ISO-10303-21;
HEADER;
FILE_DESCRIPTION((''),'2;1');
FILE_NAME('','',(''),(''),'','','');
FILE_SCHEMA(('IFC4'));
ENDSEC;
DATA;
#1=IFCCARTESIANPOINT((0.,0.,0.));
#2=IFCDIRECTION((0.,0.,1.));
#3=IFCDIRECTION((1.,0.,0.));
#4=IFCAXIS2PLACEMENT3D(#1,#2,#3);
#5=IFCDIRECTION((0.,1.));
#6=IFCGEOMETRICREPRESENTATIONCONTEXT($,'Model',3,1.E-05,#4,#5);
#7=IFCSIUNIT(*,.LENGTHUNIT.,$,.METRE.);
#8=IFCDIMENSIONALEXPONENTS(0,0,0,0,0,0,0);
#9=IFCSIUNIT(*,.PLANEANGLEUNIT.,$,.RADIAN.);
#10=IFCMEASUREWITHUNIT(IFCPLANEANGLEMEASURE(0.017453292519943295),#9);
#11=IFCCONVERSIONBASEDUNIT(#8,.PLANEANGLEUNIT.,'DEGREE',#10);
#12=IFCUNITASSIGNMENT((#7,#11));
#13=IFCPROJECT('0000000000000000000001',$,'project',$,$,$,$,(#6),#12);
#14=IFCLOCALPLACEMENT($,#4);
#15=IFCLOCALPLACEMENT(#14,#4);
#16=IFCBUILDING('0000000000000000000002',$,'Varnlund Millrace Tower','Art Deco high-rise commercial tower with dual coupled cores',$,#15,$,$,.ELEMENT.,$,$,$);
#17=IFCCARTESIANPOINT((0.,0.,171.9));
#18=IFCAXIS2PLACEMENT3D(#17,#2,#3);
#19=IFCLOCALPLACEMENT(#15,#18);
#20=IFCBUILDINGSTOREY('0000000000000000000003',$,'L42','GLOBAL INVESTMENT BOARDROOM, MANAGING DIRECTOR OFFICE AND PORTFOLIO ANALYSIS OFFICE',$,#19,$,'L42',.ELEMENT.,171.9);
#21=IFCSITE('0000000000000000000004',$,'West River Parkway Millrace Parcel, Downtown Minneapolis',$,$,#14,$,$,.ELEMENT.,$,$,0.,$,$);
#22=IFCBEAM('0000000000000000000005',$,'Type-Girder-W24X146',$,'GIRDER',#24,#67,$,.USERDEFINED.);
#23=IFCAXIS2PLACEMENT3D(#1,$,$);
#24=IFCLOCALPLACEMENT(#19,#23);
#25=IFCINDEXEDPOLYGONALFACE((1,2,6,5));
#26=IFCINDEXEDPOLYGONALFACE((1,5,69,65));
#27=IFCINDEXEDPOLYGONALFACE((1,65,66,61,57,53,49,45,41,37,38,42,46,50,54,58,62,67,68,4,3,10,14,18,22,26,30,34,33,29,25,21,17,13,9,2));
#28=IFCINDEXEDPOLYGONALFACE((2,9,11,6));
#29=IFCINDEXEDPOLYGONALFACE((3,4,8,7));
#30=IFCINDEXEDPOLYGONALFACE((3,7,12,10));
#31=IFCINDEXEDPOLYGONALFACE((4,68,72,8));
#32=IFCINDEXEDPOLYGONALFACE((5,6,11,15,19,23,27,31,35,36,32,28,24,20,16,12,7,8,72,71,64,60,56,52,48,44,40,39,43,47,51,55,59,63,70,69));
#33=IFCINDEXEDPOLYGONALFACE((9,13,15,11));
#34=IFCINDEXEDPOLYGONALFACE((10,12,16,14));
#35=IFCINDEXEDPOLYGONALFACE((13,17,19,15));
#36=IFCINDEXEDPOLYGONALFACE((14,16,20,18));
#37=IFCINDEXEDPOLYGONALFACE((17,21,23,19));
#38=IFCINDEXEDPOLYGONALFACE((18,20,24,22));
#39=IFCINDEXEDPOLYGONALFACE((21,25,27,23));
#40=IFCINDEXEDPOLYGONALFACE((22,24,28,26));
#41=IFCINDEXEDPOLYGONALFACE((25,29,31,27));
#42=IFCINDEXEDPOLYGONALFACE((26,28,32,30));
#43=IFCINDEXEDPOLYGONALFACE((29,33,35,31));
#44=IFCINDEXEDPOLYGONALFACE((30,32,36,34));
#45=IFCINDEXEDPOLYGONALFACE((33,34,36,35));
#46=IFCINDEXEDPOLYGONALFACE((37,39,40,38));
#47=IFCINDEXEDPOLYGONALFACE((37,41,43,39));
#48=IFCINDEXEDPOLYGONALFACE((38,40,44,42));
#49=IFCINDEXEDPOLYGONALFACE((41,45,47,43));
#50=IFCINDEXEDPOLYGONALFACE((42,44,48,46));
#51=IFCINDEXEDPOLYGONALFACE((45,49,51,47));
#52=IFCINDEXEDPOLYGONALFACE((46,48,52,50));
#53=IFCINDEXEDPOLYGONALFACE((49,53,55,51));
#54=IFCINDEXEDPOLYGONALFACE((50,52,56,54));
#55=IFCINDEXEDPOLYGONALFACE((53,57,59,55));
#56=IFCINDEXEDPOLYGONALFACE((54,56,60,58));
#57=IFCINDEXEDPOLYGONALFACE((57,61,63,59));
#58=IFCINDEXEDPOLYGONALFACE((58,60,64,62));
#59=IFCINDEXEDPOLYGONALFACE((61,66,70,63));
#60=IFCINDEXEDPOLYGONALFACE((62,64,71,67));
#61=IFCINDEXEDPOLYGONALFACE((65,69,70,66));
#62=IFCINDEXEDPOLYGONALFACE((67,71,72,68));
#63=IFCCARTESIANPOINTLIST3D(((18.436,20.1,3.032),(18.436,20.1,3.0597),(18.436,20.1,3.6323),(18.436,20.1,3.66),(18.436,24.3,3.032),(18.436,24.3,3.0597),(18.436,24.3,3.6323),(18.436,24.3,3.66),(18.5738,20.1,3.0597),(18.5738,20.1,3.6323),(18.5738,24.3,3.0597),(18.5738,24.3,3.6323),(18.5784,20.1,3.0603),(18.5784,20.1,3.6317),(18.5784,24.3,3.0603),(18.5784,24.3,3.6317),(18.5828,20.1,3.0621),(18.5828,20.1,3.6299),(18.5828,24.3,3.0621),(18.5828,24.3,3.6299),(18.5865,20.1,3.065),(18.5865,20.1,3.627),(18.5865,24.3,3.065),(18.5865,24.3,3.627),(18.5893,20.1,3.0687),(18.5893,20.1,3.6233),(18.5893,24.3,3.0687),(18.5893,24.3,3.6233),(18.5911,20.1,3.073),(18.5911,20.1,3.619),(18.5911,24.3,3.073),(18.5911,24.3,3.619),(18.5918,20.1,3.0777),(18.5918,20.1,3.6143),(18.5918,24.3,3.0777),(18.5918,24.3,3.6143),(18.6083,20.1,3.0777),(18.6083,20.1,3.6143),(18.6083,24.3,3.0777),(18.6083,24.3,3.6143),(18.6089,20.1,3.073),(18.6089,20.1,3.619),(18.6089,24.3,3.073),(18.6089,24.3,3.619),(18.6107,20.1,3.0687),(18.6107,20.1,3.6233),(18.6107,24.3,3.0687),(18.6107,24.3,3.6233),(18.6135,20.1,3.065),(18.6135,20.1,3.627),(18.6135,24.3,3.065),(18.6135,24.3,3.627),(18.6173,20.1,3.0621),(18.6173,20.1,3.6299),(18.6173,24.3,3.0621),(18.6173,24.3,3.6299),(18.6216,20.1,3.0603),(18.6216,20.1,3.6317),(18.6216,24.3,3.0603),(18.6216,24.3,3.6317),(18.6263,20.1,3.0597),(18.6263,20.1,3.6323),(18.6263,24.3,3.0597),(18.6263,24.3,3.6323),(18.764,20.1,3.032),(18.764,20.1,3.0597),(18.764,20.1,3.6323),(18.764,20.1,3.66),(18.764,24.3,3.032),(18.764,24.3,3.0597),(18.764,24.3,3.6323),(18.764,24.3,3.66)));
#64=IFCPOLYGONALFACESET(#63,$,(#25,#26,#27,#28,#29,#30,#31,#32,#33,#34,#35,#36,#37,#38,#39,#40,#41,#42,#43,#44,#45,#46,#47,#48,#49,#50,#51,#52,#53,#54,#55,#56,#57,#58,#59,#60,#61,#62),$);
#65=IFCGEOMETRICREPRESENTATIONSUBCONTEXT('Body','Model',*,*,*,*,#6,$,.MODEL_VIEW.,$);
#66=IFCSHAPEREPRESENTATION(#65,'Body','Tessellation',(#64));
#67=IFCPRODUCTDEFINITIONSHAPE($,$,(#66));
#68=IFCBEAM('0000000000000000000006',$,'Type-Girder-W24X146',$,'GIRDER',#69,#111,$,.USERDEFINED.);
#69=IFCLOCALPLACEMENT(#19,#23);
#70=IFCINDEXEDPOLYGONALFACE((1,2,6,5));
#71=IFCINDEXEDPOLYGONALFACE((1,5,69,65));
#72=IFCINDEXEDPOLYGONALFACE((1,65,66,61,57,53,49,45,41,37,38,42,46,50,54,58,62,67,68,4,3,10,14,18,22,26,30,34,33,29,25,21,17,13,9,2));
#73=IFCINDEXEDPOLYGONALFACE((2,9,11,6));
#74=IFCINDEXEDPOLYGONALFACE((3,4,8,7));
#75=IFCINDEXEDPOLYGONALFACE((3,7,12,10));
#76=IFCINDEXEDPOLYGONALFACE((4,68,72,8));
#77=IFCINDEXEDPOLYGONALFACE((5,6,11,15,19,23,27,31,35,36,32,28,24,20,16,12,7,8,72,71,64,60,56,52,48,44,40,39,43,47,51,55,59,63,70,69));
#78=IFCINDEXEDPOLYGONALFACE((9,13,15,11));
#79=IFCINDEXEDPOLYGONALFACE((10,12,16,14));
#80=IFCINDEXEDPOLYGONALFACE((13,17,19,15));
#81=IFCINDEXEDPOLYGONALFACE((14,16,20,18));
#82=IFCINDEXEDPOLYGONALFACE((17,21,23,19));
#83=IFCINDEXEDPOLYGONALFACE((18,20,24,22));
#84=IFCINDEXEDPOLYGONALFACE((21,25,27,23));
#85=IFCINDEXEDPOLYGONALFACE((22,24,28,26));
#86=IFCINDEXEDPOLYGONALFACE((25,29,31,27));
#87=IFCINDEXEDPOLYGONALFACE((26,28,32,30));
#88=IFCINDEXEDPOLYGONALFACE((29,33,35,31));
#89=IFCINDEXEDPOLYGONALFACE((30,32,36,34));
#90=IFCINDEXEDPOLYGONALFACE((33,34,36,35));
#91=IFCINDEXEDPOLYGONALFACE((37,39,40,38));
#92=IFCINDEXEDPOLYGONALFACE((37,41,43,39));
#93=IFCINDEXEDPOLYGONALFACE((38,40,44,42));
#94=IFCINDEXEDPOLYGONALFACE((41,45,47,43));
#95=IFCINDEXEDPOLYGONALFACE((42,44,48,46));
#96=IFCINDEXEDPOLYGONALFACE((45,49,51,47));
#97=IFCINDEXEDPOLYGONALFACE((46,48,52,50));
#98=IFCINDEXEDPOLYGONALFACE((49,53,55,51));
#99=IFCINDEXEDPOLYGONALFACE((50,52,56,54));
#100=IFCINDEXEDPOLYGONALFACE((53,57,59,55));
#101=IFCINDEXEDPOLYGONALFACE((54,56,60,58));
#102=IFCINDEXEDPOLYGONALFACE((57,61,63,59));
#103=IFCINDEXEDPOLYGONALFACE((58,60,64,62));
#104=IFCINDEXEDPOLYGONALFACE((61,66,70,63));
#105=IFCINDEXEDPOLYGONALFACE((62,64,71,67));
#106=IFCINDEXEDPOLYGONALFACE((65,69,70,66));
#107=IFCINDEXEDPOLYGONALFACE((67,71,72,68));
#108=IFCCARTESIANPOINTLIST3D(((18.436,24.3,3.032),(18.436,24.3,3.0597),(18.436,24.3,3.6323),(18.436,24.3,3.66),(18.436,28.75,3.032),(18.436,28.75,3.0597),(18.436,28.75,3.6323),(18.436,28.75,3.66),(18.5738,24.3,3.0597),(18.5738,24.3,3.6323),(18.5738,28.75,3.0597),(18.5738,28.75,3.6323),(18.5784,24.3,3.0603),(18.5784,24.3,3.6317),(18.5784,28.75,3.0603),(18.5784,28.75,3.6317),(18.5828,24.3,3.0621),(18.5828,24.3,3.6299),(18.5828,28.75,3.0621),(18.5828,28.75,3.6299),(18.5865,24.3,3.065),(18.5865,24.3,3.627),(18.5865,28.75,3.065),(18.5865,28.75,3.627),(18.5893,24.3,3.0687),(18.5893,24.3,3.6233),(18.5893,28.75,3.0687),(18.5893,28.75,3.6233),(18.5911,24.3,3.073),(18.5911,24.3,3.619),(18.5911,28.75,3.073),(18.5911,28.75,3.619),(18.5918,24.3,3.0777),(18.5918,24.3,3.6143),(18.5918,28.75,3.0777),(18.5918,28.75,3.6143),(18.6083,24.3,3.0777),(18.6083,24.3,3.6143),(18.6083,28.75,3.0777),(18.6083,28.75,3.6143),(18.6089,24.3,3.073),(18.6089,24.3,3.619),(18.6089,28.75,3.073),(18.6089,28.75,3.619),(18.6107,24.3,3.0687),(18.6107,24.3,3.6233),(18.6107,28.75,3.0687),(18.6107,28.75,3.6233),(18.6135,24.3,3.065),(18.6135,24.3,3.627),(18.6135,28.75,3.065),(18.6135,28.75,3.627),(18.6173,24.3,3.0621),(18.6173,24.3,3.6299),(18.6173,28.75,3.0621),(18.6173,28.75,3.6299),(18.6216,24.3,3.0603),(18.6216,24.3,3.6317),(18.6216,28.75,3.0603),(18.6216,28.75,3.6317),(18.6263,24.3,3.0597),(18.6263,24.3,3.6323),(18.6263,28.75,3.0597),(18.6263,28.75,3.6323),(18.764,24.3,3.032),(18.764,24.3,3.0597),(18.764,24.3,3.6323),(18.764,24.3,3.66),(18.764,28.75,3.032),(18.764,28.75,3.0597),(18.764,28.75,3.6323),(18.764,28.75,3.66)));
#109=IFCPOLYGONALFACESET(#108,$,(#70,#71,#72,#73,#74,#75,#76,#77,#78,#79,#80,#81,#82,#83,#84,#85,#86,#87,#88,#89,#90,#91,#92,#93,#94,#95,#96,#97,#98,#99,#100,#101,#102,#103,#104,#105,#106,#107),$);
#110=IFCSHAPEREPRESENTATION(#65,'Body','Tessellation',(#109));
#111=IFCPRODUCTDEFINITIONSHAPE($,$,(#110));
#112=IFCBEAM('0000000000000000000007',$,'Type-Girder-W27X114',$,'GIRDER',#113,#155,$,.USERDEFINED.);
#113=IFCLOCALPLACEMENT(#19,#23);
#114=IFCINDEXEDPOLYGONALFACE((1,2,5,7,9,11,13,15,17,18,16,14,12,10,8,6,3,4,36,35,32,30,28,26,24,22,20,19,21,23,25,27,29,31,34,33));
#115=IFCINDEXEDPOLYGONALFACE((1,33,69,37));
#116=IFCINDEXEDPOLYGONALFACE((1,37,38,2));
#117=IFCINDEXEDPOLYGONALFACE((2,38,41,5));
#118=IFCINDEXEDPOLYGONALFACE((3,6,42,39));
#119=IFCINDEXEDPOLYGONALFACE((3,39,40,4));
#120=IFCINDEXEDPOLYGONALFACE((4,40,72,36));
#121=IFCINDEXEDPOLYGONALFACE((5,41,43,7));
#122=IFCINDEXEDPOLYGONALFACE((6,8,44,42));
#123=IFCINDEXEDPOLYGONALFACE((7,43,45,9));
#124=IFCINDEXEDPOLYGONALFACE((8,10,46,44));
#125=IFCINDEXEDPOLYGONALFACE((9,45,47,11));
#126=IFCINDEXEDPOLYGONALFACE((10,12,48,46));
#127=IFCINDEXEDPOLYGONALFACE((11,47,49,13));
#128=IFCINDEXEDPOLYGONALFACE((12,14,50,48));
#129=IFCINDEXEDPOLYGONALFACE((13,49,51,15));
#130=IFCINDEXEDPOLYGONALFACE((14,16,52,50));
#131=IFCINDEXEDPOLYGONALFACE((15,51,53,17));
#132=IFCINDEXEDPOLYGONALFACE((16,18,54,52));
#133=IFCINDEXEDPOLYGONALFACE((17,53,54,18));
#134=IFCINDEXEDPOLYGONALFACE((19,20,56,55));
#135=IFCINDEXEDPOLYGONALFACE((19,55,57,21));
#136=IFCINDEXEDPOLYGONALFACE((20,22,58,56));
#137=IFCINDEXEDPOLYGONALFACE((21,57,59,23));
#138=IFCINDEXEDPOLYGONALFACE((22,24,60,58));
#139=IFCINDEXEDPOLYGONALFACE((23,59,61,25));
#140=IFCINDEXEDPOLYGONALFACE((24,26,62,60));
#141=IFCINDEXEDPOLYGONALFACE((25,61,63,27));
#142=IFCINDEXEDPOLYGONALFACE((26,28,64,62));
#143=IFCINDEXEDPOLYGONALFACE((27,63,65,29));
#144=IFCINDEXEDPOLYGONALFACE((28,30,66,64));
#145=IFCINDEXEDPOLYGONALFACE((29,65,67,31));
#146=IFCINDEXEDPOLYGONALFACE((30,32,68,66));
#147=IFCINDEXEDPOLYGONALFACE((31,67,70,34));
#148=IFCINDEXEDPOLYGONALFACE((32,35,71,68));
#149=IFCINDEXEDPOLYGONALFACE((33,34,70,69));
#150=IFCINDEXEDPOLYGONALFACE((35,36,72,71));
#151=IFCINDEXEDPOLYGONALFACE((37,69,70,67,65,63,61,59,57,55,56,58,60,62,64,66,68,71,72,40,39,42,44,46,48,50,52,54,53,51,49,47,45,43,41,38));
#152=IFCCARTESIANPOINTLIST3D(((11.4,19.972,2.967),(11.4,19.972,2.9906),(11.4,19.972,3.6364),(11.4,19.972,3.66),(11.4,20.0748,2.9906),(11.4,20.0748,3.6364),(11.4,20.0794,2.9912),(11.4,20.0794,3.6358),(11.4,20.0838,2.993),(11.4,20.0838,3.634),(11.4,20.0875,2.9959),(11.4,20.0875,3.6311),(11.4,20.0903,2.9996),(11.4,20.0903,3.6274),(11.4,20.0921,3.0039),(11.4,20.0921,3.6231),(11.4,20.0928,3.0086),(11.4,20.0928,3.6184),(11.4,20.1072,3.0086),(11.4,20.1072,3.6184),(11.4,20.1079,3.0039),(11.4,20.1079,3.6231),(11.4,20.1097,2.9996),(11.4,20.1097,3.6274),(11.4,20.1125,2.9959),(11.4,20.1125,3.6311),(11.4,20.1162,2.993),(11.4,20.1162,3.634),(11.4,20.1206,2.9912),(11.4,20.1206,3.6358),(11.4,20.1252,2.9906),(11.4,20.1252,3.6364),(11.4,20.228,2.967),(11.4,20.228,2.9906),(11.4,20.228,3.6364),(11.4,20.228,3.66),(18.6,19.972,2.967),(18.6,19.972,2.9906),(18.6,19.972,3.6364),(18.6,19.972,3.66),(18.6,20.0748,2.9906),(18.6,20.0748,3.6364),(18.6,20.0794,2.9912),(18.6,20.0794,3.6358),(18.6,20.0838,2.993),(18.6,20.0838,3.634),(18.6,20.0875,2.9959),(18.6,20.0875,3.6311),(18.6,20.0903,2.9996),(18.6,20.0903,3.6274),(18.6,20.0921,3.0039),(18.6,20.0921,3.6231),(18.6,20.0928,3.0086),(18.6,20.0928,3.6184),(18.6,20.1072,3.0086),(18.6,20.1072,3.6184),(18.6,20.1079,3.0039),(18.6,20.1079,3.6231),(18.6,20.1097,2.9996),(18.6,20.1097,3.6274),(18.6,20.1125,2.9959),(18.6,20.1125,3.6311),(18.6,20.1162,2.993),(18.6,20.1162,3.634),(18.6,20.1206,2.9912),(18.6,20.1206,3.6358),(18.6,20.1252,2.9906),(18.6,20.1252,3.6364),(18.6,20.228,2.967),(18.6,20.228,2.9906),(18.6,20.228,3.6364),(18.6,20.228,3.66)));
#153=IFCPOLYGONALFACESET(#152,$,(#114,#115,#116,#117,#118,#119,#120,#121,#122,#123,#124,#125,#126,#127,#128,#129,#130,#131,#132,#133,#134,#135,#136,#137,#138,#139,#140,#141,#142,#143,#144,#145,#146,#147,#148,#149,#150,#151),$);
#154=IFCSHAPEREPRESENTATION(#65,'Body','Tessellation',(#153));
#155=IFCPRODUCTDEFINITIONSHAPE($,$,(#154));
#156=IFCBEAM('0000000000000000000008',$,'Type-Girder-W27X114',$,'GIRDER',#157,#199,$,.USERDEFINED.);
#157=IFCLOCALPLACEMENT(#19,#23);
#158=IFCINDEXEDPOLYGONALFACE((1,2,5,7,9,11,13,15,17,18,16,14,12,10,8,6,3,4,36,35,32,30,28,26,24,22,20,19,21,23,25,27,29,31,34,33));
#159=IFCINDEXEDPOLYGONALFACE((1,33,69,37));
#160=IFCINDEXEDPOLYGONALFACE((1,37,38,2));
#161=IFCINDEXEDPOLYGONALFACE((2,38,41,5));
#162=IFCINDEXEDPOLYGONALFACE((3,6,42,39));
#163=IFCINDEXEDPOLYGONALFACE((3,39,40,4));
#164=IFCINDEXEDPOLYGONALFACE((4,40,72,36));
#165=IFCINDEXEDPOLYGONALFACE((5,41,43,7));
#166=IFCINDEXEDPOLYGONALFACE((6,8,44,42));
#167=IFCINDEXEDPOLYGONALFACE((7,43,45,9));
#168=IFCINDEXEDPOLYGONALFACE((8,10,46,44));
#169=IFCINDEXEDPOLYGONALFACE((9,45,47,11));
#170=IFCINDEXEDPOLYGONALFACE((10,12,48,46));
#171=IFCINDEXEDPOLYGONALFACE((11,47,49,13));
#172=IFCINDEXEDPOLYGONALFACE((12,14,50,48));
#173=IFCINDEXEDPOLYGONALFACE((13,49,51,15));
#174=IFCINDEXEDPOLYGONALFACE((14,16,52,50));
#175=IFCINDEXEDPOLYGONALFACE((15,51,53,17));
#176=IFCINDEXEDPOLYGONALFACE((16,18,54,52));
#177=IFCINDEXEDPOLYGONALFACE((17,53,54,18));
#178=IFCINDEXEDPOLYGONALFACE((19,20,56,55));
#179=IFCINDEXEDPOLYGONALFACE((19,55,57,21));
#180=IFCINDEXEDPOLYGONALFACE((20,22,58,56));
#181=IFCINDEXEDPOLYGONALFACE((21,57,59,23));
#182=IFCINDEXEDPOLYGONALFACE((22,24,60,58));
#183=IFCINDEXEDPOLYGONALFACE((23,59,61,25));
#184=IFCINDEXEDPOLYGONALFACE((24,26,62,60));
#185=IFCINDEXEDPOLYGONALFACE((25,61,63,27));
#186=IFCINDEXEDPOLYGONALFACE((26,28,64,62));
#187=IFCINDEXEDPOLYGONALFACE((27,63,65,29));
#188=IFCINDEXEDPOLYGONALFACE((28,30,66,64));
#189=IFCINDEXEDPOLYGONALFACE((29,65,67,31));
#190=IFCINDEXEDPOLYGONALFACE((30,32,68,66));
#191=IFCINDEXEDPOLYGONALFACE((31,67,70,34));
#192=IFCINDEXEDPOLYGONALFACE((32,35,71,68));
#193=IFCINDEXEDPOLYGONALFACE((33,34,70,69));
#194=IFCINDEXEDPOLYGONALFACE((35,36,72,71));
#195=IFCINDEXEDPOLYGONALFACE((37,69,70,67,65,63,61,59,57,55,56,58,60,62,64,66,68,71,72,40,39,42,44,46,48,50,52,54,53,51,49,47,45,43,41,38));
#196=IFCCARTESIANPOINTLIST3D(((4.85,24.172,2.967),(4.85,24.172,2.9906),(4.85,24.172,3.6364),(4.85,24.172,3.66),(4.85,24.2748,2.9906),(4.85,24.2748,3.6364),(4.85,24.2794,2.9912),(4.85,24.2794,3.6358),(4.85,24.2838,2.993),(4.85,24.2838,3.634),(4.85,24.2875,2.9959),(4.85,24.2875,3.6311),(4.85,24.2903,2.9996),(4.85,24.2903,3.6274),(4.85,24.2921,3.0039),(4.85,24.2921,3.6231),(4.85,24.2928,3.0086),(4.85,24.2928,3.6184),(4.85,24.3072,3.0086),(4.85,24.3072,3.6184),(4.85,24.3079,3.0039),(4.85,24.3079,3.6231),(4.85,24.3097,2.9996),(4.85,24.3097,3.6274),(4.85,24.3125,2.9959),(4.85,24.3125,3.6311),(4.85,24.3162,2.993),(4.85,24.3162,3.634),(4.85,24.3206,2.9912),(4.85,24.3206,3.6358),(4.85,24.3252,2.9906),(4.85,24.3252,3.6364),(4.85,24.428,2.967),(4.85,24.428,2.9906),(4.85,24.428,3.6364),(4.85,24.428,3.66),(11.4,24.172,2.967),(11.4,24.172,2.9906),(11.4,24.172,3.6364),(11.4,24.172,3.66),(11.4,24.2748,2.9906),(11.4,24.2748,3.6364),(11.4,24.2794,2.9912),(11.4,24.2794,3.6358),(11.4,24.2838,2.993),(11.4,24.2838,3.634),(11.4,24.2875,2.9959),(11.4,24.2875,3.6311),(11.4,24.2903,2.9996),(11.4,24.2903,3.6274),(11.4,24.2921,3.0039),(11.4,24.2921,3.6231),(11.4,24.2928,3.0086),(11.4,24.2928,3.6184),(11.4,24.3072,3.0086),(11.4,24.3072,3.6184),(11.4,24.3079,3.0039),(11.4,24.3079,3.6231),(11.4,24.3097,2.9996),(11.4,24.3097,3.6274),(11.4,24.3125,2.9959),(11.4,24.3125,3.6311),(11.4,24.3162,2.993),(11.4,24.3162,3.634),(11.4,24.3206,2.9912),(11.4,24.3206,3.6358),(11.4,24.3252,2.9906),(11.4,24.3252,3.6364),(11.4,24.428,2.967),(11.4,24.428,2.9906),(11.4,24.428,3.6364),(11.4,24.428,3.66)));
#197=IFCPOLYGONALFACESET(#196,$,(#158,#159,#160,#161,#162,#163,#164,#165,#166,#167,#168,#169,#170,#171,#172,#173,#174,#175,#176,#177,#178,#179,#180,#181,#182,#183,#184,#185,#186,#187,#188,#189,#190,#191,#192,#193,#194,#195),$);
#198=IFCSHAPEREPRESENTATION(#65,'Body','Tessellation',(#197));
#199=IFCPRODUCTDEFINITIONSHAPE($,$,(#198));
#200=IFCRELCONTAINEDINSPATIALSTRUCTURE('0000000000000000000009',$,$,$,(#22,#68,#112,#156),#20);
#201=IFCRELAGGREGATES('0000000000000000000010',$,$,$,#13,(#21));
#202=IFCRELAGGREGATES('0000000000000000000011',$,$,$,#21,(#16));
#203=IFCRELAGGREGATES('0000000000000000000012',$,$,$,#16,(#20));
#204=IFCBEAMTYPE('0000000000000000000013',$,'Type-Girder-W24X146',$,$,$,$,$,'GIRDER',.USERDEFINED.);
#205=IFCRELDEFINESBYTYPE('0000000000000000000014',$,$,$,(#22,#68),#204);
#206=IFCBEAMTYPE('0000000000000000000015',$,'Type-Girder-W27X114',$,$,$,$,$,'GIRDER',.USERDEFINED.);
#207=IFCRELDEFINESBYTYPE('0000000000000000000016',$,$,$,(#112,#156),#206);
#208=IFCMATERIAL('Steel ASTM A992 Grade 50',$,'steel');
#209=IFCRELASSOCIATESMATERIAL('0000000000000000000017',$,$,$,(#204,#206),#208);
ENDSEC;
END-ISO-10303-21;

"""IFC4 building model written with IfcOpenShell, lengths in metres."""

from ifc_helpers import new_model, entity, si_unit, converted_unit, direction, frame, origin_with_axes, origin_2d_with_axis, place, context, subcontext, project, spatial, i_section, extrude, material, material_profile, profile_set, type_object, element, save


model = new_model("IFC4")

# Units and contexts
model_context = context("Model", 3, precision=1e-05, world=origin_with_axes(), true_north=direction((0.0, 1.0)))
body_context = subcontext(model_context, "Body", "Model", "MODEL_VIEW")
ifc_project = project(units=[si_unit("LENGTHUNIT", "METRE"), converted_unit("PLANEANGLEUNIT", "DEGREE", entity("IfcPlaneAngleMeasure", 0.017453292519943295), si_unit("PLANEANGLEUNIT", "RADIAN"), dimensions=[0, 0, 0, 0, 0, 0, 0])], contexts=[model_context])

# Site, building, storey
site_placement = place(None, origin_with_axes())
site = spatial("IfcSite", under=ifc_project, at=site_placement, Name="West River Parkway Millrace Parcel, Downtown Minneapolis", CompositionType="ELEMENT", RefElevation=0.0)
building_placement = place(site_placement, origin_with_axes())
building = spatial("IfcBuilding", under=site, at=building_placement, Name="Varnlund Millrace Tower", Description="Art Deco high-rise commercial tower with dual coupled cores", CompositionType="ELEMENT")
storey_placement = place(building_placement, frame((0.0, 0.0, 171.9), z_axis=(0.0, 0.0, 1.0), x_axis=(1.0, 0.0, 0.0)))
storey = spatial("IfcBuildingStorey", under=building, at=storey_placement, Name="L42", Description="GLOBAL INVESTMENT BOARDROOM, MANAGING DIRECTOR OFFICE AND PORTFOLIO ANALYSIS OFFICE", LongName="L42", CompositionType="ELEMENT", Elevation=171.9)

# Beams
ifc_material_1 = material(Name="Steel ASTM A992 Grade 50", Category="steel")
ifc_material_profile_1 = material_profile(ifc_material_1, i_section(OverallWidth=0.328, OverallDepth=0.628, WebThickness=0.0165, FlangeThickness=0.0277, FilletRadius=0.018, at=origin_2d_with_axis()), Name="Steel ASTM A992 Grade 50")
ifc_profile_set_1 = profile_set([ifc_material_profile_1], Name="Steel ASTM A992 Grade 50")
beam_type_1 = type_object("IfcBeamType", Name="Type-Girder-W24X146", ElementType="GIRDER", PredefinedType="USERDEFINED", material=ifc_profile_set_1)
beam_1_placement = place(storey_placement, frame((18.6, 20.1, 3.346), z_axis=(0.0, 1.0, 0.0), x_axis=(-1.0, 0.0, 0.0)))
element("IfcBeam", 1, at=beam_1_placement, inside=storey, type_object=beam_type_1, Name="Type-Girder-W24X146", ObjectType="GIRDER", PredefinedType="USERDEFINED", context=body_context, shape_type="SweptSolid", body=[
    extrude(i_section(OverallWidth=0.328, OverallDepth=0.628, WebThickness=0.0165, FlangeThickness=0.0277, FilletRadius=0.018, at=origin_2d_with_axis()), origin_with_axes(), (0.0, 0.0, 1.0), 4.2),
])
beam_2_placement = place(storey_placement, frame((18.6, 24.3, 3.346), z_axis=(0.0, 1.0, 0.0), x_axis=(-1.0, 0.0, 0.0)))
element("IfcBeam", 2, at=beam_2_placement, inside=storey, type_object=beam_type_1, Name="Type-Girder-W24X146", ObjectType="GIRDER", PredefinedType="USERDEFINED", context=body_context, shape_type="SweptSolid", body=[
    extrude(i_section(OverallWidth=0.328, OverallDepth=0.628, WebThickness=0.0165, FlangeThickness=0.0277, FilletRadius=0.018, at=origin_2d_with_axis()), origin_with_axes(), (0.0, 0.0, 1.0), 4.45),
])
ifc_material_profile_2 = material_profile(ifc_material_1, i_section(OverallWidth=0.256, OverallDepth=0.693, WebThickness=0.0145, FlangeThickness=0.0236, FilletRadius=0.018, at=origin_2d_with_axis()), Name="Steel ASTM A992 Grade 50")
ifc_profile_set_2 = profile_set([ifc_material_profile_2], Name="Steel ASTM A992 Grade 50")
beam_type_2 = type_object("IfcBeamType", Name="Type-Girder-W27X114", ElementType="GIRDER", PredefinedType="USERDEFINED", material=ifc_profile_set_2)
beam_3_placement = place(storey_placement, frame((11.4, 20.1, 3.3135), z_axis=(1.0, 0.0, 0.0), x_axis=(0.0, 1.0, 0.0)))
element("IfcBeam", 3, at=beam_3_placement, inside=storey, type_object=beam_type_2, Name="Type-Girder-W27X114", ObjectType="GIRDER", PredefinedType="USERDEFINED", context=body_context, shape_type="SweptSolid", body=[
    extrude(i_section(OverallWidth=0.256, OverallDepth=0.693, WebThickness=0.0145, FlangeThickness=0.0236, FilletRadius=0.018, at=origin_2d_with_axis()), origin_with_axes(), (0.0, 0.0, 1.0), 7.2),
])
beam_4_placement = place(storey_placement, frame((4.85, 24.3, 3.3135), z_axis=(1.0, 0.0, 0.0), x_axis=(0.0, 1.0, 0.0)))
element("IfcBeam", 4, at=beam_4_placement, inside=storey, type_object=beam_type_2, Name="Type-Girder-W27X114", ObjectType="GIRDER", PredefinedType="USERDEFINED", context=body_context, shape_type="SweptSolid", body=[
    extrude(i_section(OverallWidth=0.256, OverallDepth=0.693, WebThickness=0.0145, FlangeThickness=0.0236, FilletRadius=0.018, at=origin_2d_with_axis()), origin_with_axes(), (0.0, 0.0, 1.0), 6.55),
])

save(model, "model.ifc")
